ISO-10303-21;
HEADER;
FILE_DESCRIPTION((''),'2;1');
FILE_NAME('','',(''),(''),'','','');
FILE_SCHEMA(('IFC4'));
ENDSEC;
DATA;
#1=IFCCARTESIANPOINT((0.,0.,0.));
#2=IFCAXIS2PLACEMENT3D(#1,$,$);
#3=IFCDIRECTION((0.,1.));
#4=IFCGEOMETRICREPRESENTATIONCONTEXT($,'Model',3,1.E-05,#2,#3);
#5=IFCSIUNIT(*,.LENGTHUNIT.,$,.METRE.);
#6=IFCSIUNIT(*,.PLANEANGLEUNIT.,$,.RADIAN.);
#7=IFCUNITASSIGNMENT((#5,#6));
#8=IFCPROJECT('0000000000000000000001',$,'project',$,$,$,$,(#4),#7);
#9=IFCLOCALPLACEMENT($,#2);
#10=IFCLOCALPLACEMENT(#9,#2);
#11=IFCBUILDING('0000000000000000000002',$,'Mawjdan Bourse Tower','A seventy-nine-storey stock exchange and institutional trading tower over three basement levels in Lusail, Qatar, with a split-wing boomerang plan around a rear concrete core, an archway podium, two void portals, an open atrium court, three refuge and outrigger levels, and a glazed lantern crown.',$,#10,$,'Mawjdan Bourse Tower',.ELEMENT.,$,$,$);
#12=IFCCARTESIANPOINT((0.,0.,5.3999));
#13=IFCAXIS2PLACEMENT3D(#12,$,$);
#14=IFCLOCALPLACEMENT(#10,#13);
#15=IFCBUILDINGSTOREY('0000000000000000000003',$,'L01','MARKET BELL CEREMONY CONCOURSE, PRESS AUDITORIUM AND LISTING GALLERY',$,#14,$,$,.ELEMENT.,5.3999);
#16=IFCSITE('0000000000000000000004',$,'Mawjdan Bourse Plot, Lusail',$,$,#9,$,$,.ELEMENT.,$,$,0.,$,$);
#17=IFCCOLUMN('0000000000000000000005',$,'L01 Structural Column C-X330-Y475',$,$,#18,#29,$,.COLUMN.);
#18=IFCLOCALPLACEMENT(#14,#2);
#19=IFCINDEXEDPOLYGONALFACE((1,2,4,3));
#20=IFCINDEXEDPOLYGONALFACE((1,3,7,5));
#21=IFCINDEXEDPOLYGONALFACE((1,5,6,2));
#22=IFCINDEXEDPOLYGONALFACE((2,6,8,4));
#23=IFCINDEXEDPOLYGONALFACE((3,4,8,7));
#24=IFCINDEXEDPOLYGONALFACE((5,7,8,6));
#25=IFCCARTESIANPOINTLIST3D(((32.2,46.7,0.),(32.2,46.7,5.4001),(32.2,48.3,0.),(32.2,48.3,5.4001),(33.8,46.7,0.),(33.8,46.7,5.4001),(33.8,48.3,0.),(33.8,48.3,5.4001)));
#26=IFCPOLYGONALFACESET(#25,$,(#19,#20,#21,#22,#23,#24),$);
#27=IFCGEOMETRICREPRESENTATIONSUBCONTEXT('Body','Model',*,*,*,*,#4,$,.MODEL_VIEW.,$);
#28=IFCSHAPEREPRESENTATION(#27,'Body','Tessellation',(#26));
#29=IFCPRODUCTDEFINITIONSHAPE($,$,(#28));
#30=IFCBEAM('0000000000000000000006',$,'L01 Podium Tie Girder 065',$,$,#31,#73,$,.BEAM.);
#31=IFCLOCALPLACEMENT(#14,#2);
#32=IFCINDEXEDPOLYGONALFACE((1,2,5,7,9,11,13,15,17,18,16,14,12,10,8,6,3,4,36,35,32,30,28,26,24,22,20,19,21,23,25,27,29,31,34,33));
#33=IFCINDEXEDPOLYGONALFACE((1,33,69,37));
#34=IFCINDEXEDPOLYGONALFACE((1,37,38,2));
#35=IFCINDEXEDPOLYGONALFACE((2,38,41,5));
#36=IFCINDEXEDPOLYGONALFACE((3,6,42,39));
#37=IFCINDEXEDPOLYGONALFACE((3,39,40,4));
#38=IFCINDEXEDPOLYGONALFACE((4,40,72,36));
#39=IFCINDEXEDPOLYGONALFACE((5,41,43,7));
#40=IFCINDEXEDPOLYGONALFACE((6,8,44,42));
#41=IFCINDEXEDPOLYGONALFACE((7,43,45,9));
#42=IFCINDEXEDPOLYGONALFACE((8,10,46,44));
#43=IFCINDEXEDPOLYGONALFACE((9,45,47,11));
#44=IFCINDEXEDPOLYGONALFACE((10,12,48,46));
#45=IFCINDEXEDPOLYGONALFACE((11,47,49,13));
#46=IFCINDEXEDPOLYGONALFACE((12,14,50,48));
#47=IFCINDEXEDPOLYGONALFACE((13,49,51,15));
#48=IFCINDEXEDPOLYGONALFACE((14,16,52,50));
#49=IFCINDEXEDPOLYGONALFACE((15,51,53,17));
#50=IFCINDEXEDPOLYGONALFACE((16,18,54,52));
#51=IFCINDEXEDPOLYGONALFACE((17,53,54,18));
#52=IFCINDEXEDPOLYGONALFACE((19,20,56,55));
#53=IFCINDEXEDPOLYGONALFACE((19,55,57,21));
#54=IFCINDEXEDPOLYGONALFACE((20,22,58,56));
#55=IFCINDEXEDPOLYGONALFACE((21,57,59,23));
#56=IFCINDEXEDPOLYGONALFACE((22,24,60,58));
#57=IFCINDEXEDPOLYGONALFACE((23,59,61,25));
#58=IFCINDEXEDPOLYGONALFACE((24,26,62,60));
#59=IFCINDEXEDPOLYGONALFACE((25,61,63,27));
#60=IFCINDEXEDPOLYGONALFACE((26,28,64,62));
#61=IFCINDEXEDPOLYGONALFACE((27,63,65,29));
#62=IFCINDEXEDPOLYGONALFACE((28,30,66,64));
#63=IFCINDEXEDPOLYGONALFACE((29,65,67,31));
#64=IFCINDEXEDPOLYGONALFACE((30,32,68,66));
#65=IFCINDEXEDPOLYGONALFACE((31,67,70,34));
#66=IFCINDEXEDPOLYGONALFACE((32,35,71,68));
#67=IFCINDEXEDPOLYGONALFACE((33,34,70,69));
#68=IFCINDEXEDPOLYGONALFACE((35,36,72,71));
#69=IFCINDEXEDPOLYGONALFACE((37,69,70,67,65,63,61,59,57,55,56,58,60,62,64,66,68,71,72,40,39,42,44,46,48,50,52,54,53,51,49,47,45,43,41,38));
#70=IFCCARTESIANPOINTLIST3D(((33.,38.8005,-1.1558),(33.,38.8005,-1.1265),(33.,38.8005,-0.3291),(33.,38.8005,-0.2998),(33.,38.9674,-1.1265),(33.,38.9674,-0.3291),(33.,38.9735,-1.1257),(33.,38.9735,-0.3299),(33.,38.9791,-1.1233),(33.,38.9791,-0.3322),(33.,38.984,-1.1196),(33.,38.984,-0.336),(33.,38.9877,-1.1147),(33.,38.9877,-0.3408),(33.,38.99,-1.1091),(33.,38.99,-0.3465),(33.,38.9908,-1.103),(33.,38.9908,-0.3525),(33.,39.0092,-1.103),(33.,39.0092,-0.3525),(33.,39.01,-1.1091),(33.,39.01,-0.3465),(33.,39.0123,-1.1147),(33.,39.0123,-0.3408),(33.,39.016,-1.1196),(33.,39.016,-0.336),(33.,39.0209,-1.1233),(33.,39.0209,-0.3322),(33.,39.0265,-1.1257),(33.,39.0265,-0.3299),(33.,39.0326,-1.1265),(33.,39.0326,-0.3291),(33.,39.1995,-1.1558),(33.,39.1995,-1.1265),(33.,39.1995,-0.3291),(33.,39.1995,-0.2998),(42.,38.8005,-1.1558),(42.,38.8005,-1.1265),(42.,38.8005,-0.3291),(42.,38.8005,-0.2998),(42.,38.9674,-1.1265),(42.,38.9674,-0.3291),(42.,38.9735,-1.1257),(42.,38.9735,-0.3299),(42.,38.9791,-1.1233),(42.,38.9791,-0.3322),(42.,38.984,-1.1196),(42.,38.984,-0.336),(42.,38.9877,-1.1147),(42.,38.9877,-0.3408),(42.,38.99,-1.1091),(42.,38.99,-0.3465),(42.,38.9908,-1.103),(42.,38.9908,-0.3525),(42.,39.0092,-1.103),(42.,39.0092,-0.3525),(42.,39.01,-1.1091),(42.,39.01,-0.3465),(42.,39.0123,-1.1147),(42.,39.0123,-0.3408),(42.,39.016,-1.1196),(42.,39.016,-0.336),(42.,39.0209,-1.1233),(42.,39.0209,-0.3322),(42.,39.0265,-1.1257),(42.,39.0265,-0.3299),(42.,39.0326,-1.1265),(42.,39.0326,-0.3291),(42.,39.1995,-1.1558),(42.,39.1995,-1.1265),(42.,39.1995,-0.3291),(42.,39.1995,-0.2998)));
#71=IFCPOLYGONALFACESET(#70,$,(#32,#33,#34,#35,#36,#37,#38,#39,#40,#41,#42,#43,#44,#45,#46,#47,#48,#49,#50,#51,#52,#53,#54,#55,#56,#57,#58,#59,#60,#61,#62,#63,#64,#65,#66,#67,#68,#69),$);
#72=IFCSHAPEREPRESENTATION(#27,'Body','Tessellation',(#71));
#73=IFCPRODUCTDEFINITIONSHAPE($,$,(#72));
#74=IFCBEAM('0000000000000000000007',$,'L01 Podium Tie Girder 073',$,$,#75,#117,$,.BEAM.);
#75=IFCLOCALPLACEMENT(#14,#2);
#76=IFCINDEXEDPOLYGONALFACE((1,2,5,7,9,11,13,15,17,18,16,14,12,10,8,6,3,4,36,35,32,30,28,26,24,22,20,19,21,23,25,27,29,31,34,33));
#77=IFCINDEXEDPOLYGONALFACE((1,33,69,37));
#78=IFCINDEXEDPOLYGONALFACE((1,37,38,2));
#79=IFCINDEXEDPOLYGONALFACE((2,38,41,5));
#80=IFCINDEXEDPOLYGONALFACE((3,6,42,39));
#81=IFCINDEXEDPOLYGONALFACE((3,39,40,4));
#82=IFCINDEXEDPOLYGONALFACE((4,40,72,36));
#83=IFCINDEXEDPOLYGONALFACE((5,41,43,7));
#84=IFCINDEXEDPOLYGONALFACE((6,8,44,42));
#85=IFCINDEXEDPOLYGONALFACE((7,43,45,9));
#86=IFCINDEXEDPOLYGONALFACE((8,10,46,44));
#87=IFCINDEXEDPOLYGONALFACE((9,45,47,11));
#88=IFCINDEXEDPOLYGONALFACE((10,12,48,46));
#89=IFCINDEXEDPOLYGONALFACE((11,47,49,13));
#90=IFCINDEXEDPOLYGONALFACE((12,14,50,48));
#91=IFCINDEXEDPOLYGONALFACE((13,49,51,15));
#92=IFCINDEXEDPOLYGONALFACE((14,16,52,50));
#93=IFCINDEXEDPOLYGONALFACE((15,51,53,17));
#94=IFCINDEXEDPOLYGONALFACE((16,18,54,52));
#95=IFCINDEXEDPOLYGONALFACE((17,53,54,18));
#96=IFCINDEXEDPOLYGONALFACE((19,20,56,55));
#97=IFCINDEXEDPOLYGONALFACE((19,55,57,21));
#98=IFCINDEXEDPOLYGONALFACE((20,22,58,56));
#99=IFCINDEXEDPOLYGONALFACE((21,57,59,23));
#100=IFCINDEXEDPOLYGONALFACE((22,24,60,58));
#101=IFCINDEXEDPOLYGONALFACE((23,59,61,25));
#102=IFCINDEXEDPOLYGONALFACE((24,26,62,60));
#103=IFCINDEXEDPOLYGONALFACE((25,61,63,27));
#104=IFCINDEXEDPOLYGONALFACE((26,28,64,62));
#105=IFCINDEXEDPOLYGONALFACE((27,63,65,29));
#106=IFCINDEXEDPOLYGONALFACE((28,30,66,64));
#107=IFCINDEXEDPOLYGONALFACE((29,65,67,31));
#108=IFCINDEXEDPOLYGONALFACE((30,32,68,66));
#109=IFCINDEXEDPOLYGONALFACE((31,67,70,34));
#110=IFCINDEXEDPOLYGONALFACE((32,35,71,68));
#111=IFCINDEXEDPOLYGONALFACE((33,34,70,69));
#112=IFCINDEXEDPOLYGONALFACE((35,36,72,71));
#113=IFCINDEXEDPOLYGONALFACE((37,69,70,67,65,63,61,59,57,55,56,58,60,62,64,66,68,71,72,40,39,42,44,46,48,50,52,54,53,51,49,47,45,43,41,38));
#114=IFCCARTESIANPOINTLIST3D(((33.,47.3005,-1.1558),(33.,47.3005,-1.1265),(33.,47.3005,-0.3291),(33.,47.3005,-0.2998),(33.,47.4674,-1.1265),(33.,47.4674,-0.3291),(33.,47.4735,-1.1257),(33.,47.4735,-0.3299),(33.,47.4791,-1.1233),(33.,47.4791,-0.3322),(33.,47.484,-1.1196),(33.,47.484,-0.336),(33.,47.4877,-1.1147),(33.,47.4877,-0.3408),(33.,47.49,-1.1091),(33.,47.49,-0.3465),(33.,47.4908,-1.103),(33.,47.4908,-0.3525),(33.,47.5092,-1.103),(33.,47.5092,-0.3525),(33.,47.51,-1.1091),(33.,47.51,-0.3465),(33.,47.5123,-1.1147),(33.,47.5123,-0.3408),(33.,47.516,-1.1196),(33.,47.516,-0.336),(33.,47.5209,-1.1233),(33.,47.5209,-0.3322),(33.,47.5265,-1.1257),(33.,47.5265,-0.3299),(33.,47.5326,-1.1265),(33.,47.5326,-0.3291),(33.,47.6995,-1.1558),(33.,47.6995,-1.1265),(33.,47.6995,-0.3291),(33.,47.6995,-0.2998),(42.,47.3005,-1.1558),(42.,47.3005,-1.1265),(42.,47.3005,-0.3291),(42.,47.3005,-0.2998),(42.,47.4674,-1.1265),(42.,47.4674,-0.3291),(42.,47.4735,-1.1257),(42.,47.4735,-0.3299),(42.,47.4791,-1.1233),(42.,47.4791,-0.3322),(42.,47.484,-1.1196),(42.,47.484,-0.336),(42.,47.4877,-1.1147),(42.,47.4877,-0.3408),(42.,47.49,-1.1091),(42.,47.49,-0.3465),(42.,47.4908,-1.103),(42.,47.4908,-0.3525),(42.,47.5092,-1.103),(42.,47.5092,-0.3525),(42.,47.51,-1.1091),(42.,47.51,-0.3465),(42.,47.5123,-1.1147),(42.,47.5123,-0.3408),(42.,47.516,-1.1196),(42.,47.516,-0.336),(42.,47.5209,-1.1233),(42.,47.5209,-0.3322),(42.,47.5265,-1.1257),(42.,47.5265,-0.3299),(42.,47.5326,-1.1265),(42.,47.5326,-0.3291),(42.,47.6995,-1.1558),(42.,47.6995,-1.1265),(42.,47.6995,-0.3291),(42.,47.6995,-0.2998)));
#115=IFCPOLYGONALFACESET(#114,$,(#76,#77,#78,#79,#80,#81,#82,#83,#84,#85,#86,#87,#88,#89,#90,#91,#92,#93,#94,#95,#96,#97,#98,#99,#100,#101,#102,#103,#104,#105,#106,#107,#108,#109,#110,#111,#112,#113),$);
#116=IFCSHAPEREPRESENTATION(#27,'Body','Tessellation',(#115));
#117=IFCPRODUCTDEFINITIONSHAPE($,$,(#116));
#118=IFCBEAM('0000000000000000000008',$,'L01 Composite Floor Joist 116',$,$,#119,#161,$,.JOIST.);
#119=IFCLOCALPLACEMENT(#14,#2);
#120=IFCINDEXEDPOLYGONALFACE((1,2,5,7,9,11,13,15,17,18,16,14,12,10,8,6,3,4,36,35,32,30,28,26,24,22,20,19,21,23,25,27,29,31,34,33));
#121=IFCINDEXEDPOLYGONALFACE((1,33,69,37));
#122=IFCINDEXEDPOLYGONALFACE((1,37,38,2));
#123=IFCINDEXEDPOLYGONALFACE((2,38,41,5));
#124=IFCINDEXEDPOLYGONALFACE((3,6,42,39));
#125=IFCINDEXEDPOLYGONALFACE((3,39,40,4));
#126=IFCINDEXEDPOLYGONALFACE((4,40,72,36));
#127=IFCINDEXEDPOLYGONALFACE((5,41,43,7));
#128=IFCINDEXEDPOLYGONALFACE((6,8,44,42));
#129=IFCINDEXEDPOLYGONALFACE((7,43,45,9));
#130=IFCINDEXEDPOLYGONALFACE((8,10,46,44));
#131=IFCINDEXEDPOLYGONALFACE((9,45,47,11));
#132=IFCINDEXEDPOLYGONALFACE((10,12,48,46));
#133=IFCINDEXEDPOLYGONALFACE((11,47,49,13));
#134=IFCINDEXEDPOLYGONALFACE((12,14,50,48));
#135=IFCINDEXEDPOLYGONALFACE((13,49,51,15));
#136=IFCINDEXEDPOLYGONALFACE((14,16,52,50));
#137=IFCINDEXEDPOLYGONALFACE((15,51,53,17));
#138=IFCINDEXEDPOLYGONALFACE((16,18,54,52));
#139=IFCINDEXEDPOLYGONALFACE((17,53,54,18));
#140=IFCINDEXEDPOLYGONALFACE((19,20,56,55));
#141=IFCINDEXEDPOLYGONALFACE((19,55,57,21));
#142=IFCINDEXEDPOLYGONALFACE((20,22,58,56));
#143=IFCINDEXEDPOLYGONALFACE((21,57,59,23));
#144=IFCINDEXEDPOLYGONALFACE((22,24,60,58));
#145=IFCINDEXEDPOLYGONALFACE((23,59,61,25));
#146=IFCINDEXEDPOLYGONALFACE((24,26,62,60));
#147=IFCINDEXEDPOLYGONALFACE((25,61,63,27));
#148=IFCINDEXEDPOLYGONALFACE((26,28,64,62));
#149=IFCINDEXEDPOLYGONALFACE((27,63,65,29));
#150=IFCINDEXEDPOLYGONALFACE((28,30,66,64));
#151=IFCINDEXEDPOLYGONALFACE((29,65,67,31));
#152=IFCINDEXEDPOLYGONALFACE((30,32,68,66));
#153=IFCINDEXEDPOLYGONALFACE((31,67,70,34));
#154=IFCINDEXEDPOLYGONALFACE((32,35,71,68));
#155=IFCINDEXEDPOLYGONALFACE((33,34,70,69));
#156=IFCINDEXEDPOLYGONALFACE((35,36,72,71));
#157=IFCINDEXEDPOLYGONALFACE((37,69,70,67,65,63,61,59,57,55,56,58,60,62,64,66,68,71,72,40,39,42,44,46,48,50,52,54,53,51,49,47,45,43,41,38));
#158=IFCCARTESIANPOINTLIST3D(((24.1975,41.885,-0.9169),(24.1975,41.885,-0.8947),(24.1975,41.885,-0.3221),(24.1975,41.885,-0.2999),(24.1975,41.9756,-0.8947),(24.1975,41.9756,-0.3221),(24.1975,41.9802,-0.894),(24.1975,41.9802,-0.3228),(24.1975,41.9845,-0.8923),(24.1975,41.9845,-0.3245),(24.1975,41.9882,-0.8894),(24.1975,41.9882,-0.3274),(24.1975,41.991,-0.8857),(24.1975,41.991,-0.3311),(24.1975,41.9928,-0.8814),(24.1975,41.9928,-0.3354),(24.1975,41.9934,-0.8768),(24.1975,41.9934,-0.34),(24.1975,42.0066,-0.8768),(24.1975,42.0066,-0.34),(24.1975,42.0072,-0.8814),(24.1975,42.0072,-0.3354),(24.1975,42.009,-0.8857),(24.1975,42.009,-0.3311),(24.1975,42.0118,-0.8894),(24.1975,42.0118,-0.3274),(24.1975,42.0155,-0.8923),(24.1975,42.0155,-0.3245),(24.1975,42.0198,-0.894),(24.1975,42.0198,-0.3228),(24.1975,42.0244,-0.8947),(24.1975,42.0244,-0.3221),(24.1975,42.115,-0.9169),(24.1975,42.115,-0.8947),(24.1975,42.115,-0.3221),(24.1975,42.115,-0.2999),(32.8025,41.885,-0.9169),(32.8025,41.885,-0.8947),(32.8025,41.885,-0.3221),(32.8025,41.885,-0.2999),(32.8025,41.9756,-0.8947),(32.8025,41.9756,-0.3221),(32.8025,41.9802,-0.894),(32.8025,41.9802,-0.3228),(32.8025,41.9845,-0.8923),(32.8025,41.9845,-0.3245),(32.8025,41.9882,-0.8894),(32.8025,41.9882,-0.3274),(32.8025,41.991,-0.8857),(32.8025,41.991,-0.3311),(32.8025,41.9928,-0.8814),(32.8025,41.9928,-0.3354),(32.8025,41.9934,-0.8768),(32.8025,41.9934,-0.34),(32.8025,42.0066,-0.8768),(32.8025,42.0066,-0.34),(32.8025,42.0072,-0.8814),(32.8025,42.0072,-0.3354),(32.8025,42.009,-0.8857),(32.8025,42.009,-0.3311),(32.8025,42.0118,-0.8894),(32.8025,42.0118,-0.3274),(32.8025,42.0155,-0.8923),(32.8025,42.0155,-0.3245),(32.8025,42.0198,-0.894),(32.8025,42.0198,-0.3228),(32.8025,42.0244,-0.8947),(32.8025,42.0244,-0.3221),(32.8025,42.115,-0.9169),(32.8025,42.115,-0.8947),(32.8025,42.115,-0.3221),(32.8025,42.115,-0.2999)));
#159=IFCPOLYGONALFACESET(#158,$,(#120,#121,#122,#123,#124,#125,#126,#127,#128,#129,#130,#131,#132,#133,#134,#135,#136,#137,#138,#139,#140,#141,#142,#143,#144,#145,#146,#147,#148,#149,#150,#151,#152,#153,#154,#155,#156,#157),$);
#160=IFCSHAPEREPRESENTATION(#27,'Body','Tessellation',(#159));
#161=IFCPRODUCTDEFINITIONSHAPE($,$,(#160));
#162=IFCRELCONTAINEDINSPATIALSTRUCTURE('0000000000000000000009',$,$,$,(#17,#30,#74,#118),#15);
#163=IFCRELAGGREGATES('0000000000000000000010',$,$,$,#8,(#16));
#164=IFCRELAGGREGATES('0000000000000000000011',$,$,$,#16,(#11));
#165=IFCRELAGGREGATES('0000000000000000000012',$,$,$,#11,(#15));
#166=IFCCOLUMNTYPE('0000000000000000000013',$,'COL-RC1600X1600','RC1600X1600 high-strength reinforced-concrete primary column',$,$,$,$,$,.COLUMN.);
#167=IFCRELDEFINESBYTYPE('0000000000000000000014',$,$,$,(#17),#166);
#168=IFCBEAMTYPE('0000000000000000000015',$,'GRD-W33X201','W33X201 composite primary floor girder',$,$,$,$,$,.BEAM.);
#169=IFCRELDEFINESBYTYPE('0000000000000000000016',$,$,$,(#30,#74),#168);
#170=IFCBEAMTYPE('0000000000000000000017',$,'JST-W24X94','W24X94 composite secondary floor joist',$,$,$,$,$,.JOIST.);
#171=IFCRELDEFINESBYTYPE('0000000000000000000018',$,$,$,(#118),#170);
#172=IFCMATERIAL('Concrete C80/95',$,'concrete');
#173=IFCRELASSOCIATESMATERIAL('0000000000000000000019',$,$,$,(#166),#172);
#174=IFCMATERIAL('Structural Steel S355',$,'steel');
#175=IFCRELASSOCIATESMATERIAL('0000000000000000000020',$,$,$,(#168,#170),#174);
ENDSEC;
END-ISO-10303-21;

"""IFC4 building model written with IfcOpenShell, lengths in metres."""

from ifc_helpers import new_model, si_unit, direction, frame, origin, origin_2d, place, context, subcontext, project, spatial, rectangle, i_section, extrude, material, material_profile, profile_set, type_object, element, save


model = new_model("IFC4")

# Units and contexts
model_context = context("Model", 3, precision=1e-05, world=origin(), true_north=direction((0.0, 1.0)))
body_context = subcontext(model_context, "Body", "Model", "MODEL_VIEW")
ifc_project = project(units=[si_unit("LENGTHUNIT", "METRE"), si_unit("PLANEANGLEUNIT", "RADIAN")], contexts=[model_context])

# Site, building, storey
site_placement = place(None, origin())
site = spatial("IfcSite", under=ifc_project, at=site_placement, Name="Mawjdan Bourse Plot, Lusail", CompositionType="ELEMENT", RefElevation=0.0)
building_placement = place(site_placement, origin())
building = spatial("IfcBuilding", under=site, at=building_placement, Name="Mawjdan Bourse Tower", Description="A seventy-nine-storey stock exchange and institutional trading tower over three basement levels in Lusail, Qatar, with a split-wing boomerang plan around a rear concrete core, an archway podium, two void portals, an open atrium court, three refuge and outrigger levels, and a glazed lantern crown.", LongName="Mawjdan Bourse Tower", CompositionType="ELEMENT")
storey_placement = place(building_placement, frame((0.0, 0.0, 5.3999)))
storey = spatial("IfcBuildingStorey", under=building, at=storey_placement, Name="L01", Description="MARKET BELL CEREMONY CONCOURSE, PRESS AUDITORIUM AND LISTING GALLERY", CompositionType="ELEMENT", Elevation=5.3999)

# Column
ifc_material_1 = material(Name="Concrete C80/95", Category="concrete")
ifc_material_profile_1 = material_profile(ifc_material_1, rectangle(XDim=1.6001, YDim=1.6001, at=origin_2d()), Name="RC1600X1600")
ifc_profile_set_1 = profile_set([ifc_material_profile_1], Name="Concrete C80/95")
column_type = type_object("IfcColumnType", Name="COL-RC1600X1600", Description="RC1600X1600 high-strength reinforced-concrete primary column", PredefinedType="COLUMN", material=ifc_profile_set_1)
column_placement = place(storey_placement, frame((33.0, 47.5, 0.0), z_axis=(0.0, 0.0, 1.0), x_axis=(1.0, 0.0, 0.0)))
element("IfcColumn", 1, at=column_placement, inside=storey, type_object=column_type, Name="L01 Structural Column C-X330-Y475", PredefinedType="COLUMN", context=body_context, shape_type="SweptSolid", body=[
    extrude(rectangle(XDim=1.6001, YDim=1.6001, at=origin_2d()), origin(), (0.0, 0.0, 1.0), 5.4001),
])

# Beams
ifc_material_2 = material(Name="Structural Steel S355", Category="steel")
ifc_material_profile_2 = material_profile(ifc_material_2, i_section(OverallWidth=0.3989, OverallDepth=0.856, WebThickness=0.0183, FlangeThickness=0.0293, FilletRadius=0.0234, at=origin_2d()), Name="W33X201")
ifc_profile_set_2 = profile_set([ifc_material_profile_2], Name="Structural Steel S355")
beam_type_1 = type_object("IfcBeamType", Name="GRD-W33X201", Description="W33X201 composite primary floor girder", PredefinedType="BEAM", material=ifc_profile_set_2)
for number, where, z_axis, x_axis, name in (
    (2, (33.0, 39.0, -0.7278), (1.0, 0.0, 0.0), (0.0, 1.0, 0.0), "L01 Podium Tie Girder 065"),
    (3, (33.0, 47.5, -0.7278), (1.0, 0.0, 0.0), (0.0, 1.0, 0.0), "L01 Podium Tie Girder 073"),
):
    element("IfcBeam", number, at=place(storey_placement, frame(where, z_axis=z_axis, x_axis=x_axis)), inside=storey, type_object=beam_type_1, Name=name, PredefinedType="BEAM", context=body_context, shape_type="SweptSolid", body=[
        extrude(i_section(OverallWidth=0.3989, OverallDepth=0.856, WebThickness=0.0183, FlangeThickness=0.0293, FilletRadius=0.0234, at=origin_2d()), origin(), (0.0, 0.0, 1.0), 9.0),
    ])
ifc_material_profile_3 = material_profile(ifc_material_2, i_section(OverallWidth=0.23, OverallDepth=0.6169, WebThickness=0.0132, FlangeThickness=0.0222, FilletRadius=0.0178, at=origin_2d()), Name="W24X94")
ifc_profile_set_3 = profile_set([ifc_material_profile_3], Name="Structural Steel S355")
beam_type_2 = type_object("IfcBeamType", Name="JST-W24X94", Description="W24X94 composite secondary floor joist", PredefinedType="JOIST", material=ifc_profile_set_3)
for number, where, z_axis, x_axis, name in (
    (4, (24.1975, 42.0, -0.6084), (1.0, 0.0, 0.0), (0.0, 1.0, 0.0), "L01 Composite Floor Joist 116"),
):
    element("IfcBeam", number, at=place(storey_placement, frame(where, z_axis=z_axis, x_axis=x_axis)), inside=storey, type_object=beam_type_2, Name=name, PredefinedType="JOIST", context=body_context, shape_type="SweptSolid", body=[
        extrude(i_section(OverallWidth=0.23, OverallDepth=0.6169, WebThickness=0.0132, FlangeThickness=0.0222, FilletRadius=0.0178, at=origin_2d()), origin(), (0.0, 0.0, 1.0), 8.605),
    ])

save(model, "model.ifc")
